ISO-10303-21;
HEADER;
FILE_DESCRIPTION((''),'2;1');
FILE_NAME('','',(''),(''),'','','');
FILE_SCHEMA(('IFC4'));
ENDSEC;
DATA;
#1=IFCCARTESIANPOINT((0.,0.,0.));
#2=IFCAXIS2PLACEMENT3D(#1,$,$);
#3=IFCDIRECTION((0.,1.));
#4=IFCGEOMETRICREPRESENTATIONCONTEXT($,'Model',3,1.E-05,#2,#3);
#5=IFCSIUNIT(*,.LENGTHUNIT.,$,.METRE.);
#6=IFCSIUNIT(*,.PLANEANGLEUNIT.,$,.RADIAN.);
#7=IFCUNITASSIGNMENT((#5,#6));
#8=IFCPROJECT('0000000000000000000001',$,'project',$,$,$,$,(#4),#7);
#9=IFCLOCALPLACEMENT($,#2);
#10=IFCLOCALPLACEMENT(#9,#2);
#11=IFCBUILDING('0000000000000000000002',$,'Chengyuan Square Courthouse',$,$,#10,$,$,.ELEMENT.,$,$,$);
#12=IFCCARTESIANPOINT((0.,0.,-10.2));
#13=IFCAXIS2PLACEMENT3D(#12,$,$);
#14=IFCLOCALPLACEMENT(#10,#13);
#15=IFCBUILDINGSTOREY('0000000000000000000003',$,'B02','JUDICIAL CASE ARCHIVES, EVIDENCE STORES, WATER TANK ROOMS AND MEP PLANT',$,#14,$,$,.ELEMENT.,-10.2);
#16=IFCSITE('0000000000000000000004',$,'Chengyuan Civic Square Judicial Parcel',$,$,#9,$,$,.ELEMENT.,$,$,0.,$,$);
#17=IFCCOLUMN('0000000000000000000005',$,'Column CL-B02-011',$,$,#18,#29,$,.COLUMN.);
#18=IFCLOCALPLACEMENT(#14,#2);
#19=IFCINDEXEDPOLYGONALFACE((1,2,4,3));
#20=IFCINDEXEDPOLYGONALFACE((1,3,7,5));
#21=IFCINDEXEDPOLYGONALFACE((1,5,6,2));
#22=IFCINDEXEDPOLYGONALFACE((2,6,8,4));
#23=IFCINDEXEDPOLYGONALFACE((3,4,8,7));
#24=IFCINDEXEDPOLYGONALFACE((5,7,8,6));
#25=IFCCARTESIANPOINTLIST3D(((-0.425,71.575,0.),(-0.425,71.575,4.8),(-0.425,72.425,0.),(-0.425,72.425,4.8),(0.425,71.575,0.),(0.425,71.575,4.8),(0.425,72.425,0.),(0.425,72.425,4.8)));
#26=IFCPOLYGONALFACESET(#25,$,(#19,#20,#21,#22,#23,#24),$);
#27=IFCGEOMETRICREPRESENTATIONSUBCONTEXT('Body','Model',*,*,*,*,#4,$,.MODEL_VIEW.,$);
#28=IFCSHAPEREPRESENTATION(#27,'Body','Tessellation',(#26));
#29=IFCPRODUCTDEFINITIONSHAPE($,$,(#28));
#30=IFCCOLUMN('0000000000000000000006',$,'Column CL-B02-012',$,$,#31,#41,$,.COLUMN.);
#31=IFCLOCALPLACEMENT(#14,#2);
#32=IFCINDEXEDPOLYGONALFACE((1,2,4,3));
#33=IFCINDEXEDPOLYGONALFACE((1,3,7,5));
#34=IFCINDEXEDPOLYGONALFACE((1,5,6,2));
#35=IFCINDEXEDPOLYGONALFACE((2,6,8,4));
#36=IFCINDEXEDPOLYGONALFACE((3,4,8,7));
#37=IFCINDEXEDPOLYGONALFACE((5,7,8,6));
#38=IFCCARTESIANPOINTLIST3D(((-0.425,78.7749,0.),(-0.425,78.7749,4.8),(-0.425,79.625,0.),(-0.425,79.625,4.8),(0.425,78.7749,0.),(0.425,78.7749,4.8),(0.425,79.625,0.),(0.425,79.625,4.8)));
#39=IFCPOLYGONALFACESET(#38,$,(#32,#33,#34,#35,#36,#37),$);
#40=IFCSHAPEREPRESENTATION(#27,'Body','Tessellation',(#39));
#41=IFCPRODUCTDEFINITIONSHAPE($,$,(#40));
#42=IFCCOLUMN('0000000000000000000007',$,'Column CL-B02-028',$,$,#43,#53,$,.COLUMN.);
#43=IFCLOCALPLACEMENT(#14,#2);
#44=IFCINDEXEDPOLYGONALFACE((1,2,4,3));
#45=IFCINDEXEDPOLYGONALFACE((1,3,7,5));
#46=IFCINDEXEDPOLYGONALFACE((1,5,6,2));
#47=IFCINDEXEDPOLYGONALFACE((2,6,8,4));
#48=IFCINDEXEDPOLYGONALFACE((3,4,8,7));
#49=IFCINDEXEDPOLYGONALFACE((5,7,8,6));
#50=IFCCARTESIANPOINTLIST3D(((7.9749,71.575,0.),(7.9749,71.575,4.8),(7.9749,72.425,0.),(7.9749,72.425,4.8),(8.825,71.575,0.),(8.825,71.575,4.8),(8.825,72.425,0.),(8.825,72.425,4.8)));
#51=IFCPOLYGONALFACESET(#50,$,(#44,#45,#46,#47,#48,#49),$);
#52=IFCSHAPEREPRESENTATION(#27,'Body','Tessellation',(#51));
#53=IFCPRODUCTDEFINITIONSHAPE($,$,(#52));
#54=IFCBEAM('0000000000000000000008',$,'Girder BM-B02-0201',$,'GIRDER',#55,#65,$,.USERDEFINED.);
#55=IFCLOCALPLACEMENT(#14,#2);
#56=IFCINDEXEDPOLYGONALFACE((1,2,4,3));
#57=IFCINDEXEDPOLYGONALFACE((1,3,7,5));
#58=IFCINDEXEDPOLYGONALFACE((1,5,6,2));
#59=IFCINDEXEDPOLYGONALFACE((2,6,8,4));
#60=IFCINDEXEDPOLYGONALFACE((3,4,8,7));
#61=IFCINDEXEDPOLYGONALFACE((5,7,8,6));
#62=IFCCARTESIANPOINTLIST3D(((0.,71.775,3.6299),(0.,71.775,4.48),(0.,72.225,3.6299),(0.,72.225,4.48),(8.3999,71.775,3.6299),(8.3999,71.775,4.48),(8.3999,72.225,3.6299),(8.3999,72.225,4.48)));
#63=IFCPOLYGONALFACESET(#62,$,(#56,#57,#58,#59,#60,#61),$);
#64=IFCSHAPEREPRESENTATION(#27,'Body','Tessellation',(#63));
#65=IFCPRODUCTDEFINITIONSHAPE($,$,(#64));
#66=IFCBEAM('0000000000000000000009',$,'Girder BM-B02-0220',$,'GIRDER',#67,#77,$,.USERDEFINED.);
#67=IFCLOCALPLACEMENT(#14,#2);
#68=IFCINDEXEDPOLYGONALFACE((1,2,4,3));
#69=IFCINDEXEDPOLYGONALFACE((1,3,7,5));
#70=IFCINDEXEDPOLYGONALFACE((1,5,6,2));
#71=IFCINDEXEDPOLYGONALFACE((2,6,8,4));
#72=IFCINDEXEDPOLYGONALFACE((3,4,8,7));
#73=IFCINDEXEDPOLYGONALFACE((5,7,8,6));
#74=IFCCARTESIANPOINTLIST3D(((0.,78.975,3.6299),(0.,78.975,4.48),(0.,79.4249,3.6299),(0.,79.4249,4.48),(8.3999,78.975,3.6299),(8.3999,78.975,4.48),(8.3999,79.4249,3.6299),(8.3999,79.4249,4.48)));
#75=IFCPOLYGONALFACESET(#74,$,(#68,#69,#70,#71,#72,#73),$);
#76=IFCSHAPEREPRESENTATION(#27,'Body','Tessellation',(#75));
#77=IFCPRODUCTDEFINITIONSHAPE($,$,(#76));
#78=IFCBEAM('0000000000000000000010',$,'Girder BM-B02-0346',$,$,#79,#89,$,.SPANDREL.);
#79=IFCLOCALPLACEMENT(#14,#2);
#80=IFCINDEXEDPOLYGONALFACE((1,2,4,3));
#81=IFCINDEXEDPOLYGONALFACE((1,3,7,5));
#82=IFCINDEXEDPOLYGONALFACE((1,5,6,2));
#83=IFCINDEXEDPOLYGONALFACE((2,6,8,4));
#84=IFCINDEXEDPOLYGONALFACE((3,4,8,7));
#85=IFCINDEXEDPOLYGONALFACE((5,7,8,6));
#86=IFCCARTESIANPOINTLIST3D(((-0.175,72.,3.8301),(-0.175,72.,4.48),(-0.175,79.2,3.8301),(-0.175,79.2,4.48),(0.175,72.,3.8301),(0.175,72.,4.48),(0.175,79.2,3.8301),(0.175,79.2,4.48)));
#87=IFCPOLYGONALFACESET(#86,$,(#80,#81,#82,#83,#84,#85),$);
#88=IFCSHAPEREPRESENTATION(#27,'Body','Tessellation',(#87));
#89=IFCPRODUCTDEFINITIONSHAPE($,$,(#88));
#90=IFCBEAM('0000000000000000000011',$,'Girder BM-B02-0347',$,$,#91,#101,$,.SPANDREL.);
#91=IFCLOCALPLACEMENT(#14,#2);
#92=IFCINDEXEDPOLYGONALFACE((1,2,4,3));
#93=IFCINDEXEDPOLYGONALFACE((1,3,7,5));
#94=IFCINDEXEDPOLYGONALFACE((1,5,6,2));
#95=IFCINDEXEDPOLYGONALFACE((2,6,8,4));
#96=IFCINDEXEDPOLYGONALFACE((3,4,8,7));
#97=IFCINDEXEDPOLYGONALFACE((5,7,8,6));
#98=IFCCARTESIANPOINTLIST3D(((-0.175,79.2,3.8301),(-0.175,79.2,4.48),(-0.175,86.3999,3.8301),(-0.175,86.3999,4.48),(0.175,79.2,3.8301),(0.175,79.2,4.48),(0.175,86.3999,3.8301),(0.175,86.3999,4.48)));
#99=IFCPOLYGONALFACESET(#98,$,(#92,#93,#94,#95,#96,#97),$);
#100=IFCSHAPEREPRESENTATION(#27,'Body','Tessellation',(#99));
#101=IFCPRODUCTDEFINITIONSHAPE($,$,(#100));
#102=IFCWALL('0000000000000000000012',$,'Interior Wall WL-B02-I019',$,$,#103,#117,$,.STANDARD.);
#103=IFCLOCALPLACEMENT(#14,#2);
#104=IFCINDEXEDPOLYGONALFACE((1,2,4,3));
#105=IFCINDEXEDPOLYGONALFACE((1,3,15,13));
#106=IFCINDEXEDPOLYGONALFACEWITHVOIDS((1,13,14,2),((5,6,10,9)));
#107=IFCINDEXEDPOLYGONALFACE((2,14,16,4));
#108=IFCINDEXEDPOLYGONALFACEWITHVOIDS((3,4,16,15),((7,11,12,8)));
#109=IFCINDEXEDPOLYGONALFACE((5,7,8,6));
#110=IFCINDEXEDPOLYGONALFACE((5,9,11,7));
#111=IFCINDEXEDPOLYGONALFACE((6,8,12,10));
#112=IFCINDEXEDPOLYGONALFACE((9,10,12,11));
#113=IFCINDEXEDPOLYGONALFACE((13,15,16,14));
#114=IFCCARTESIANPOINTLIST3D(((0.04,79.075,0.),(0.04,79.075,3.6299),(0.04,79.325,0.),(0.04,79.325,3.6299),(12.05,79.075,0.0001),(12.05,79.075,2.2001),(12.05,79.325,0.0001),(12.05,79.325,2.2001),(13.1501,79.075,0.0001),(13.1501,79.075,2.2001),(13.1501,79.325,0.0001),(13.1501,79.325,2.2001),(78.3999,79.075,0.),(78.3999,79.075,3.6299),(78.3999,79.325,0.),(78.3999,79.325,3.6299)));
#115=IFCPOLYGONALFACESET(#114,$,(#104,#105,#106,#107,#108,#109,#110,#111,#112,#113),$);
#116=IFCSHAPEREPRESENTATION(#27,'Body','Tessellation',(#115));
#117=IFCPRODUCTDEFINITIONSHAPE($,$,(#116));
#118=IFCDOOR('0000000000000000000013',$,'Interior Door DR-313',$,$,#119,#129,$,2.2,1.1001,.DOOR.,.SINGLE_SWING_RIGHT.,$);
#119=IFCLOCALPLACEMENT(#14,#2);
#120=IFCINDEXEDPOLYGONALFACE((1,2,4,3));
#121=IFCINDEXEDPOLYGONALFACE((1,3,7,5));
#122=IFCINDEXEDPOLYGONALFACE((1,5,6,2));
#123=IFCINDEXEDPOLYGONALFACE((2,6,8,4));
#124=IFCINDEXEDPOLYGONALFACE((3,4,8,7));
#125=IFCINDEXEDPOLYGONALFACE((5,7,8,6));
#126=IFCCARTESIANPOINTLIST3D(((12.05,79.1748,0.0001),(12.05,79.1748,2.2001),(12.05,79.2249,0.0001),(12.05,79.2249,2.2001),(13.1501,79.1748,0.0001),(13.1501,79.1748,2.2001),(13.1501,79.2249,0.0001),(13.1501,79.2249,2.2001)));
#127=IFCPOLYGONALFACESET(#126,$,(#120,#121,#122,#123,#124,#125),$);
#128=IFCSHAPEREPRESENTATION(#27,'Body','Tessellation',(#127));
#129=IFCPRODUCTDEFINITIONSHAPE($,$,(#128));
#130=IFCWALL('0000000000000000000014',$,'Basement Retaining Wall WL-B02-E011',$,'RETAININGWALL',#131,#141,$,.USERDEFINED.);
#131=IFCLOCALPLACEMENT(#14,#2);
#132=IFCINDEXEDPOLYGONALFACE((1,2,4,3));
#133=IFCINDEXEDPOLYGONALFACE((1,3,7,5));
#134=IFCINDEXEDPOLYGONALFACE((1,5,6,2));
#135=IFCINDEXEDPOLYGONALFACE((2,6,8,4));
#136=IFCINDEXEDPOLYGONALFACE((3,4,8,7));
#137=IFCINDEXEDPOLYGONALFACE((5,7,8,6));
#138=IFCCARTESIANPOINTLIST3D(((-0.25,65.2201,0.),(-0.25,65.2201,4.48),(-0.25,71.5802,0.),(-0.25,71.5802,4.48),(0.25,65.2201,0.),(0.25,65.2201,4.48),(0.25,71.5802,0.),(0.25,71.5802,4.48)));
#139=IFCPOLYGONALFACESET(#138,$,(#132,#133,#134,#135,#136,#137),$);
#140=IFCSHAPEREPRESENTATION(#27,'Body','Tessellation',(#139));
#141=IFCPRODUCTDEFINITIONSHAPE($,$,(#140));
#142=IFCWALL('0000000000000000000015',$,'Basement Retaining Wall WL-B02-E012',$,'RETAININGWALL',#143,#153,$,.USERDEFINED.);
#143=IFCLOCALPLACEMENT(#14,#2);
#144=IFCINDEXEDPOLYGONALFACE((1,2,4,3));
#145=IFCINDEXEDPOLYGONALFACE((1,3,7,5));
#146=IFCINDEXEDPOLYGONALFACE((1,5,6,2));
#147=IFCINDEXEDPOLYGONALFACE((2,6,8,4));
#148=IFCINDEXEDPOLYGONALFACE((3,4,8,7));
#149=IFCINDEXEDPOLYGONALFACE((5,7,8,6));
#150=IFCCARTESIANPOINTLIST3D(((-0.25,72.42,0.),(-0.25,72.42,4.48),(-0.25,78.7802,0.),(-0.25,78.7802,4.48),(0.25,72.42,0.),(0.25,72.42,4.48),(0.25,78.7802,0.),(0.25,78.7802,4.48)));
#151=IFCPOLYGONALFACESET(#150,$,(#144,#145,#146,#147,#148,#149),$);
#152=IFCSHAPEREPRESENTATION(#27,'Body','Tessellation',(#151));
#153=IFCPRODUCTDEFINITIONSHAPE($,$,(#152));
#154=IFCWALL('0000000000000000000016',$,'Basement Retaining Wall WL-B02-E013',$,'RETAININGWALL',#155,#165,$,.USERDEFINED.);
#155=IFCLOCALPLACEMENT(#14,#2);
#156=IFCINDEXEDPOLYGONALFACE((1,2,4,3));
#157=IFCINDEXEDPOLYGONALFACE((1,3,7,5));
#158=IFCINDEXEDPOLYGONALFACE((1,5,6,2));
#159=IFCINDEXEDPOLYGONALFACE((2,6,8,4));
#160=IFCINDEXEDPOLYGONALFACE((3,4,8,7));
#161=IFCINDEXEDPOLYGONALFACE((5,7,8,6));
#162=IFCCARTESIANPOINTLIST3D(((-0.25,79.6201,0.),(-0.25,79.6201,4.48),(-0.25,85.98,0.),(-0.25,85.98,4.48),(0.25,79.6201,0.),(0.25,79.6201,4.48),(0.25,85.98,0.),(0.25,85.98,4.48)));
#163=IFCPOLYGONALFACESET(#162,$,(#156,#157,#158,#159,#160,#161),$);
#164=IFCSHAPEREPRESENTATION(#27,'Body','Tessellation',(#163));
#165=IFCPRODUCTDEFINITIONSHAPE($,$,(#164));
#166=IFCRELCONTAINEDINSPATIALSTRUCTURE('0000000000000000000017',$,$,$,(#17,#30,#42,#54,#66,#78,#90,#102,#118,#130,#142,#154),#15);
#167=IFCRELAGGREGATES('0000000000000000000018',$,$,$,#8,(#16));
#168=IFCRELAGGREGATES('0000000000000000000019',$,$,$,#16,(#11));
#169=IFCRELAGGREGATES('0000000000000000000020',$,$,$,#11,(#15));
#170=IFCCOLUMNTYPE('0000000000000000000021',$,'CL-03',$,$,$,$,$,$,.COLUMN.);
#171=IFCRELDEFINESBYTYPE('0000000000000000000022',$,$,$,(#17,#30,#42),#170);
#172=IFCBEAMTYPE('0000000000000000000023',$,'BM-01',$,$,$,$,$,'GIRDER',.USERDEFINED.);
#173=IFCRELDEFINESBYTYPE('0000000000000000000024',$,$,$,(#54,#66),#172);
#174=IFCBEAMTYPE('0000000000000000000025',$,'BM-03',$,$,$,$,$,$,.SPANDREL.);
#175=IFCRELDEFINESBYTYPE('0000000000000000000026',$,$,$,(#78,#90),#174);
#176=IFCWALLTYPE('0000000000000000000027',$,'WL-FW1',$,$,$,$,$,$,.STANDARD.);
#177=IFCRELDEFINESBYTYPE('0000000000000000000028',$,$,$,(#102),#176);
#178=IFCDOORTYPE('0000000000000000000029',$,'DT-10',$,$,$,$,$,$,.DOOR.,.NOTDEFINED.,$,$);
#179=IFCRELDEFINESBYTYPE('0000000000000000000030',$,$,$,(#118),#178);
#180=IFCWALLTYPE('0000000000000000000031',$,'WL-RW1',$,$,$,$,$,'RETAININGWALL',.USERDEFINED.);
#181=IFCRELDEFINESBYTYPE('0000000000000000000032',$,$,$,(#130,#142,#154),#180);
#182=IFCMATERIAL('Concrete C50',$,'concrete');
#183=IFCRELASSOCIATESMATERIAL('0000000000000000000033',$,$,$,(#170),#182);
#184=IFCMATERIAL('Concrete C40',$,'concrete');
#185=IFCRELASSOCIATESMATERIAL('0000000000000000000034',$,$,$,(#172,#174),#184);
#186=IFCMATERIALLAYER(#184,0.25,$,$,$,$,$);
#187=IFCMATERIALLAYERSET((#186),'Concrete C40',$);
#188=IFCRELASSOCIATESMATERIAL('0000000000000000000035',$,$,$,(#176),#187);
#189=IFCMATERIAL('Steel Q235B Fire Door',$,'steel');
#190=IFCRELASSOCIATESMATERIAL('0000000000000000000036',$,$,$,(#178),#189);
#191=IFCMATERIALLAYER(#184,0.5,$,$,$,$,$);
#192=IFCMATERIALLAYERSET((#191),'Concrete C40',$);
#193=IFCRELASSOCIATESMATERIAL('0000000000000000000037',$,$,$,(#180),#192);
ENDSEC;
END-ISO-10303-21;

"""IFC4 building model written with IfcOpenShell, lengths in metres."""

from ifc_helpers import new_model, si_unit, direction, frame, frame_2d, origin, origin_2d, place, context, subcontext, project, spatial, rectangle, extrude, material, layer, layer_set, material_profile, profile_set, type_object, element, fill, save


model = new_model("IFC4")

# Units and contexts
model_context = context("Model", 3, precision=1e-05, world=origin(), true_north=direction((0.0, 1.0)))
body_context = subcontext(model_context, "Body", "Model", "MODEL_VIEW")
ifc_project = project(units=[si_unit("LENGTHUNIT", "METRE"), si_unit("PLANEANGLEUNIT", "RADIAN")], contexts=[model_context])

# Site, building, storey
site_placement = place(None, origin())
site = spatial("IfcSite", under=ifc_project, at=site_placement, Name="Chengyuan Civic Square Judicial Parcel", CompositionType="ELEMENT", RefElevation=0.0)
building_placement = place(site_placement, origin())
building = spatial("IfcBuilding", under=site, at=building_placement, Name="Chengyuan Square Courthouse", CompositionType="ELEMENT")
storey_placement = place(building_placement, frame((0.0, 0.0, -10.2)))
storey = spatial("IfcBuildingStorey", under=building, at=storey_placement, Name="B02", Description="JUDICIAL CASE ARCHIVES, EVIDENCE STORES, WATER TANK ROOMS AND MEP PLANT", CompositionType="ELEMENT", Elevation=-10.2)

# Shared definitions
ifc_material_1 = material(Name="Concrete C40", Category="concrete")

# Columns
ifc_material_2 = material(Name="Concrete C50", Category="concrete")
ifc_material_profile_1 = material_profile(ifc_material_2, rectangle(XDim=0.8501, YDim=0.8501, at=origin_2d()), Name="RC-COL-850x850")
ifc_profile_set_1 = profile_set([ifc_material_profile_1], Name="Concrete C50")
column_type = type_object("IfcColumnType", Name="CL-03", PredefinedType="COLUMN", material=ifc_profile_set_1)
for number, where, z_axis, x_axis, name in (
    (1, (0.0, 72.0, 0.0), (0.0, 0.0, 1.0), (1.0, 0.0, 0.0), "Column CL-B02-011"),
    (2, (0.0, 79.2, 0.0), (0.0, 0.0, 1.0), (1.0, 0.0, 0.0), "Column CL-B02-012"),
    (3, (8.3999, 72.0, 0.0), (0.0, 0.0, 1.0), (1.0, 0.0, 0.0), "Column CL-B02-028"),
):
    element("IfcColumn", number, at=place(storey_placement, frame(where, z_axis=z_axis, x_axis=x_axis)), inside=storey, type_object=column_type, Name=name, PredefinedType="COLUMN", context=body_context, shape_type="SweptSolid", body=[
        extrude(rectangle(XDim=0.8501, YDim=0.8501, at=origin_2d()), origin(), (0.0, 0.0, 1.0), 4.8),
    ])

# Beams
ifc_material_profile_2 = material_profile(ifc_material_1, rectangle(XDim=0.45, YDim=0.8501, at=origin_2d()), Name="RC-BM-450x850")
ifc_profile_set_2 = profile_set([ifc_material_profile_2], Name="Concrete C40")
beam_type_1 = type_object("IfcBeamType", Name="BM-01", ElementType="GIRDER", PredefinedType="USERDEFINED", material=ifc_profile_set_2)
for number, where, z_axis, x_axis, name in (
    (4, (0.0, 72.0, 4.0549), (1.0, 0.0, 0.0), (0.0, 1.0, 0.0), "Girder BM-B02-0201"),
    (5, (0.0, 79.2, 4.0549), (1.0, 0.0, 0.0), (0.0, 1.0, 0.0), "Girder BM-B02-0220"),
):
    element("IfcBeam", number, at=place(storey_placement, frame(where, z_axis=z_axis, x_axis=x_axis)), inside=storey, type_object=beam_type_1, Name=name, ObjectType="GIRDER", PredefinedType="USERDEFINED", context=body_context, shape_type="SweptSolid", body=[
        extrude(rectangle(XDim=0.45, YDim=0.8501, at=origin_2d()), origin(), (0.0, 0.0, 1.0), 8.3999),
    ])
ifc_material_profile_3 = material_profile(ifc_material_1, rectangle(XDim=0.3501, YDim=0.6499, at=origin_2d()), Name="RC-BM-350x650")
ifc_profile_set_3 = profile_set([ifc_material_profile_3], Name="Concrete C40")
beam_type_2 = type_object("IfcBeamType", Name="BM-03", PredefinedType="SPANDREL", material=ifc_profile_set_3)
for number, where, z_axis, x_axis, name in (
    (6, (0.0, 72.0, 4.155), (0.0, 1.0, 0.0), (-1.0, 0.0, 0.0), "Girder BM-B02-0346"),
    (7, (0.0, 79.2, 4.155), (0.0, 1.0, 0.0), (-1.0, 0.0, 0.0), "Girder BM-B02-0347"),
):
    element("IfcBeam", number, at=place(storey_placement, frame(where, z_axis=z_axis, x_axis=x_axis)), inside=storey, type_object=beam_type_2, Name=name, PredefinedType="SPANDREL", context=body_context, shape_type="SweptSolid", body=[
        extrude(rectangle(XDim=0.3501, YDim=0.6499, at=origin_2d()), origin(), (0.0, 0.0, 1.0), 7.2),
    ])

# Wall, opening, door
ifc_layer_1 = layer(ifc_material_1, 0.25)
ifc_layer_set_1 = layer_set([ifc_layer_1], Name="Concrete C40")
wall_type_1 = type_object("IfcWallType", Name="WL-FW1", PredefinedType="STANDARD", material=ifc_layer_set_1)
wall_1_placement = place(storey_placement, frame((0.04, 79.2, 0.0), z_axis=(0.0, 0.0, 1.0), x_axis=(1.0, 0.0, 0.0)))
wall_1 = element("IfcWall", 8, at=wall_1_placement, inside=storey, type_object=wall_type_1, Name="Interior Wall WL-B02-I019", PredefinedType="STANDARD", context=body_context, shape_type="SweptSolid", body=[
    extrude(rectangle(XDim=78.3599, YDim=0.25, at=frame_2d((39.1799, 0.0))), origin(), (0.0, 0.0, 1.0), 3.6299),
])
opening_placement = place(wall_1_placement, frame((12.01, 0.0, 0.0)))
opening = element("IfcOpeningElement", 9, at=opening_placement, cuts=wall_1, PredefinedType="OPENING", context=body_context, shape_type="SweptSolid", body=[
    extrude(rectangle(XDim=1.1001, YDim=2.2, at=frame_2d((0.55, 1.1001))), frame((0.0, 0.137, 0.0), z_axis=(0.0, -1.0, 0.0), x_axis=(1.0, 0.0, 0.0)), (0.0, 0.0, 1.0), 0.2739),
])
ifc_material_3 = material(Name="Steel Q235B Fire Door", Category="steel")
door_type = type_object("IfcDoorType", Name="DT-10", OperationType="NOTDEFINED", PredefinedType="DOOR", material=ifc_material_3)
door_placement = place(opening_placement, origin())
door = element("IfcDoor", 10, at=door_placement, inside=storey, type_object=door_type, Name="Interior Door DR-313", OperationType="SINGLE_SWING_RIGHT", OverallHeight=2.2, OverallWidth=1.1001, PredefinedType="DOOR", context=body_context, shape_type="SweptSolid", body=[
    extrude(rectangle(XDim=1.1001, YDim=2.2, at=frame_2d((0.55, 1.1001))), frame((0.0, 0.0249, 0.0), z_axis=(0.0, -1.0, 0.0), x_axis=(1.0, 0.0, 0.0)), (0.0, 0.0, 1.0), 0.05),
])
fill(opening, door)

# Walls
ifc_layer_2 = layer(ifc_material_1, 0.5)
ifc_layer_set_2 = layer_set([ifc_layer_2], Name="Concrete C40")
wall_type_2 = type_object("IfcWallType", Name="WL-RW1", ElementType="RETAININGWALL", PredefinedType="USERDEFINED", material=ifc_layer_set_2)
for number, where, z_axis, x_axis, name in (
    (11, (0.0, 65.22, 0.0), (0.0, 0.0, 1.0), (0.0, 1.0, 0.0), "Basement Retaining Wall WL-B02-E011"),
    (12, (0.0, 72.4199, 0.0), (0.0, 0.0, 1.0), (0.0, 1.0, 0.0), "Basement Retaining Wall WL-B02-E012"),
):
    element("IfcWall", number, at=place(storey_placement, frame(where, z_axis=z_axis, x_axis=x_axis)), inside=storey, type_object=wall_type_2, Name=name, ObjectType="RETAININGWALL", PredefinedType="USERDEFINED", context=body_context, shape_type="SweptSolid", body=[
        extrude(rectangle(XDim=6.3601, YDim=0.5, at=frame_2d((3.1802, 0.0))), origin(), (0.0, 0.0, 1.0), 4.48),
    ])
wall_2_placement = place(storey_placement, frame((0.0, 79.6201, 0.0), z_axis=(0.0, 0.0, 1.0), x_axis=(0.0, 1.0, 0.0)))
element("IfcWall", 13, at=wall_2_placement, inside=storey, type_object=wall_type_2, Name="Basement Retaining Wall WL-B02-E013", ObjectType="RETAININGWALL", PredefinedType="USERDEFINED", context=body_context, shape_type="SweptSolid", body=[
    extrude(rectangle(XDim=6.3599, YDim=0.5, at=frame_2d((3.1799, 0.0))), origin(), (0.0, 0.0, 1.0), 4.48),
])

save(model, "model.ifc")
